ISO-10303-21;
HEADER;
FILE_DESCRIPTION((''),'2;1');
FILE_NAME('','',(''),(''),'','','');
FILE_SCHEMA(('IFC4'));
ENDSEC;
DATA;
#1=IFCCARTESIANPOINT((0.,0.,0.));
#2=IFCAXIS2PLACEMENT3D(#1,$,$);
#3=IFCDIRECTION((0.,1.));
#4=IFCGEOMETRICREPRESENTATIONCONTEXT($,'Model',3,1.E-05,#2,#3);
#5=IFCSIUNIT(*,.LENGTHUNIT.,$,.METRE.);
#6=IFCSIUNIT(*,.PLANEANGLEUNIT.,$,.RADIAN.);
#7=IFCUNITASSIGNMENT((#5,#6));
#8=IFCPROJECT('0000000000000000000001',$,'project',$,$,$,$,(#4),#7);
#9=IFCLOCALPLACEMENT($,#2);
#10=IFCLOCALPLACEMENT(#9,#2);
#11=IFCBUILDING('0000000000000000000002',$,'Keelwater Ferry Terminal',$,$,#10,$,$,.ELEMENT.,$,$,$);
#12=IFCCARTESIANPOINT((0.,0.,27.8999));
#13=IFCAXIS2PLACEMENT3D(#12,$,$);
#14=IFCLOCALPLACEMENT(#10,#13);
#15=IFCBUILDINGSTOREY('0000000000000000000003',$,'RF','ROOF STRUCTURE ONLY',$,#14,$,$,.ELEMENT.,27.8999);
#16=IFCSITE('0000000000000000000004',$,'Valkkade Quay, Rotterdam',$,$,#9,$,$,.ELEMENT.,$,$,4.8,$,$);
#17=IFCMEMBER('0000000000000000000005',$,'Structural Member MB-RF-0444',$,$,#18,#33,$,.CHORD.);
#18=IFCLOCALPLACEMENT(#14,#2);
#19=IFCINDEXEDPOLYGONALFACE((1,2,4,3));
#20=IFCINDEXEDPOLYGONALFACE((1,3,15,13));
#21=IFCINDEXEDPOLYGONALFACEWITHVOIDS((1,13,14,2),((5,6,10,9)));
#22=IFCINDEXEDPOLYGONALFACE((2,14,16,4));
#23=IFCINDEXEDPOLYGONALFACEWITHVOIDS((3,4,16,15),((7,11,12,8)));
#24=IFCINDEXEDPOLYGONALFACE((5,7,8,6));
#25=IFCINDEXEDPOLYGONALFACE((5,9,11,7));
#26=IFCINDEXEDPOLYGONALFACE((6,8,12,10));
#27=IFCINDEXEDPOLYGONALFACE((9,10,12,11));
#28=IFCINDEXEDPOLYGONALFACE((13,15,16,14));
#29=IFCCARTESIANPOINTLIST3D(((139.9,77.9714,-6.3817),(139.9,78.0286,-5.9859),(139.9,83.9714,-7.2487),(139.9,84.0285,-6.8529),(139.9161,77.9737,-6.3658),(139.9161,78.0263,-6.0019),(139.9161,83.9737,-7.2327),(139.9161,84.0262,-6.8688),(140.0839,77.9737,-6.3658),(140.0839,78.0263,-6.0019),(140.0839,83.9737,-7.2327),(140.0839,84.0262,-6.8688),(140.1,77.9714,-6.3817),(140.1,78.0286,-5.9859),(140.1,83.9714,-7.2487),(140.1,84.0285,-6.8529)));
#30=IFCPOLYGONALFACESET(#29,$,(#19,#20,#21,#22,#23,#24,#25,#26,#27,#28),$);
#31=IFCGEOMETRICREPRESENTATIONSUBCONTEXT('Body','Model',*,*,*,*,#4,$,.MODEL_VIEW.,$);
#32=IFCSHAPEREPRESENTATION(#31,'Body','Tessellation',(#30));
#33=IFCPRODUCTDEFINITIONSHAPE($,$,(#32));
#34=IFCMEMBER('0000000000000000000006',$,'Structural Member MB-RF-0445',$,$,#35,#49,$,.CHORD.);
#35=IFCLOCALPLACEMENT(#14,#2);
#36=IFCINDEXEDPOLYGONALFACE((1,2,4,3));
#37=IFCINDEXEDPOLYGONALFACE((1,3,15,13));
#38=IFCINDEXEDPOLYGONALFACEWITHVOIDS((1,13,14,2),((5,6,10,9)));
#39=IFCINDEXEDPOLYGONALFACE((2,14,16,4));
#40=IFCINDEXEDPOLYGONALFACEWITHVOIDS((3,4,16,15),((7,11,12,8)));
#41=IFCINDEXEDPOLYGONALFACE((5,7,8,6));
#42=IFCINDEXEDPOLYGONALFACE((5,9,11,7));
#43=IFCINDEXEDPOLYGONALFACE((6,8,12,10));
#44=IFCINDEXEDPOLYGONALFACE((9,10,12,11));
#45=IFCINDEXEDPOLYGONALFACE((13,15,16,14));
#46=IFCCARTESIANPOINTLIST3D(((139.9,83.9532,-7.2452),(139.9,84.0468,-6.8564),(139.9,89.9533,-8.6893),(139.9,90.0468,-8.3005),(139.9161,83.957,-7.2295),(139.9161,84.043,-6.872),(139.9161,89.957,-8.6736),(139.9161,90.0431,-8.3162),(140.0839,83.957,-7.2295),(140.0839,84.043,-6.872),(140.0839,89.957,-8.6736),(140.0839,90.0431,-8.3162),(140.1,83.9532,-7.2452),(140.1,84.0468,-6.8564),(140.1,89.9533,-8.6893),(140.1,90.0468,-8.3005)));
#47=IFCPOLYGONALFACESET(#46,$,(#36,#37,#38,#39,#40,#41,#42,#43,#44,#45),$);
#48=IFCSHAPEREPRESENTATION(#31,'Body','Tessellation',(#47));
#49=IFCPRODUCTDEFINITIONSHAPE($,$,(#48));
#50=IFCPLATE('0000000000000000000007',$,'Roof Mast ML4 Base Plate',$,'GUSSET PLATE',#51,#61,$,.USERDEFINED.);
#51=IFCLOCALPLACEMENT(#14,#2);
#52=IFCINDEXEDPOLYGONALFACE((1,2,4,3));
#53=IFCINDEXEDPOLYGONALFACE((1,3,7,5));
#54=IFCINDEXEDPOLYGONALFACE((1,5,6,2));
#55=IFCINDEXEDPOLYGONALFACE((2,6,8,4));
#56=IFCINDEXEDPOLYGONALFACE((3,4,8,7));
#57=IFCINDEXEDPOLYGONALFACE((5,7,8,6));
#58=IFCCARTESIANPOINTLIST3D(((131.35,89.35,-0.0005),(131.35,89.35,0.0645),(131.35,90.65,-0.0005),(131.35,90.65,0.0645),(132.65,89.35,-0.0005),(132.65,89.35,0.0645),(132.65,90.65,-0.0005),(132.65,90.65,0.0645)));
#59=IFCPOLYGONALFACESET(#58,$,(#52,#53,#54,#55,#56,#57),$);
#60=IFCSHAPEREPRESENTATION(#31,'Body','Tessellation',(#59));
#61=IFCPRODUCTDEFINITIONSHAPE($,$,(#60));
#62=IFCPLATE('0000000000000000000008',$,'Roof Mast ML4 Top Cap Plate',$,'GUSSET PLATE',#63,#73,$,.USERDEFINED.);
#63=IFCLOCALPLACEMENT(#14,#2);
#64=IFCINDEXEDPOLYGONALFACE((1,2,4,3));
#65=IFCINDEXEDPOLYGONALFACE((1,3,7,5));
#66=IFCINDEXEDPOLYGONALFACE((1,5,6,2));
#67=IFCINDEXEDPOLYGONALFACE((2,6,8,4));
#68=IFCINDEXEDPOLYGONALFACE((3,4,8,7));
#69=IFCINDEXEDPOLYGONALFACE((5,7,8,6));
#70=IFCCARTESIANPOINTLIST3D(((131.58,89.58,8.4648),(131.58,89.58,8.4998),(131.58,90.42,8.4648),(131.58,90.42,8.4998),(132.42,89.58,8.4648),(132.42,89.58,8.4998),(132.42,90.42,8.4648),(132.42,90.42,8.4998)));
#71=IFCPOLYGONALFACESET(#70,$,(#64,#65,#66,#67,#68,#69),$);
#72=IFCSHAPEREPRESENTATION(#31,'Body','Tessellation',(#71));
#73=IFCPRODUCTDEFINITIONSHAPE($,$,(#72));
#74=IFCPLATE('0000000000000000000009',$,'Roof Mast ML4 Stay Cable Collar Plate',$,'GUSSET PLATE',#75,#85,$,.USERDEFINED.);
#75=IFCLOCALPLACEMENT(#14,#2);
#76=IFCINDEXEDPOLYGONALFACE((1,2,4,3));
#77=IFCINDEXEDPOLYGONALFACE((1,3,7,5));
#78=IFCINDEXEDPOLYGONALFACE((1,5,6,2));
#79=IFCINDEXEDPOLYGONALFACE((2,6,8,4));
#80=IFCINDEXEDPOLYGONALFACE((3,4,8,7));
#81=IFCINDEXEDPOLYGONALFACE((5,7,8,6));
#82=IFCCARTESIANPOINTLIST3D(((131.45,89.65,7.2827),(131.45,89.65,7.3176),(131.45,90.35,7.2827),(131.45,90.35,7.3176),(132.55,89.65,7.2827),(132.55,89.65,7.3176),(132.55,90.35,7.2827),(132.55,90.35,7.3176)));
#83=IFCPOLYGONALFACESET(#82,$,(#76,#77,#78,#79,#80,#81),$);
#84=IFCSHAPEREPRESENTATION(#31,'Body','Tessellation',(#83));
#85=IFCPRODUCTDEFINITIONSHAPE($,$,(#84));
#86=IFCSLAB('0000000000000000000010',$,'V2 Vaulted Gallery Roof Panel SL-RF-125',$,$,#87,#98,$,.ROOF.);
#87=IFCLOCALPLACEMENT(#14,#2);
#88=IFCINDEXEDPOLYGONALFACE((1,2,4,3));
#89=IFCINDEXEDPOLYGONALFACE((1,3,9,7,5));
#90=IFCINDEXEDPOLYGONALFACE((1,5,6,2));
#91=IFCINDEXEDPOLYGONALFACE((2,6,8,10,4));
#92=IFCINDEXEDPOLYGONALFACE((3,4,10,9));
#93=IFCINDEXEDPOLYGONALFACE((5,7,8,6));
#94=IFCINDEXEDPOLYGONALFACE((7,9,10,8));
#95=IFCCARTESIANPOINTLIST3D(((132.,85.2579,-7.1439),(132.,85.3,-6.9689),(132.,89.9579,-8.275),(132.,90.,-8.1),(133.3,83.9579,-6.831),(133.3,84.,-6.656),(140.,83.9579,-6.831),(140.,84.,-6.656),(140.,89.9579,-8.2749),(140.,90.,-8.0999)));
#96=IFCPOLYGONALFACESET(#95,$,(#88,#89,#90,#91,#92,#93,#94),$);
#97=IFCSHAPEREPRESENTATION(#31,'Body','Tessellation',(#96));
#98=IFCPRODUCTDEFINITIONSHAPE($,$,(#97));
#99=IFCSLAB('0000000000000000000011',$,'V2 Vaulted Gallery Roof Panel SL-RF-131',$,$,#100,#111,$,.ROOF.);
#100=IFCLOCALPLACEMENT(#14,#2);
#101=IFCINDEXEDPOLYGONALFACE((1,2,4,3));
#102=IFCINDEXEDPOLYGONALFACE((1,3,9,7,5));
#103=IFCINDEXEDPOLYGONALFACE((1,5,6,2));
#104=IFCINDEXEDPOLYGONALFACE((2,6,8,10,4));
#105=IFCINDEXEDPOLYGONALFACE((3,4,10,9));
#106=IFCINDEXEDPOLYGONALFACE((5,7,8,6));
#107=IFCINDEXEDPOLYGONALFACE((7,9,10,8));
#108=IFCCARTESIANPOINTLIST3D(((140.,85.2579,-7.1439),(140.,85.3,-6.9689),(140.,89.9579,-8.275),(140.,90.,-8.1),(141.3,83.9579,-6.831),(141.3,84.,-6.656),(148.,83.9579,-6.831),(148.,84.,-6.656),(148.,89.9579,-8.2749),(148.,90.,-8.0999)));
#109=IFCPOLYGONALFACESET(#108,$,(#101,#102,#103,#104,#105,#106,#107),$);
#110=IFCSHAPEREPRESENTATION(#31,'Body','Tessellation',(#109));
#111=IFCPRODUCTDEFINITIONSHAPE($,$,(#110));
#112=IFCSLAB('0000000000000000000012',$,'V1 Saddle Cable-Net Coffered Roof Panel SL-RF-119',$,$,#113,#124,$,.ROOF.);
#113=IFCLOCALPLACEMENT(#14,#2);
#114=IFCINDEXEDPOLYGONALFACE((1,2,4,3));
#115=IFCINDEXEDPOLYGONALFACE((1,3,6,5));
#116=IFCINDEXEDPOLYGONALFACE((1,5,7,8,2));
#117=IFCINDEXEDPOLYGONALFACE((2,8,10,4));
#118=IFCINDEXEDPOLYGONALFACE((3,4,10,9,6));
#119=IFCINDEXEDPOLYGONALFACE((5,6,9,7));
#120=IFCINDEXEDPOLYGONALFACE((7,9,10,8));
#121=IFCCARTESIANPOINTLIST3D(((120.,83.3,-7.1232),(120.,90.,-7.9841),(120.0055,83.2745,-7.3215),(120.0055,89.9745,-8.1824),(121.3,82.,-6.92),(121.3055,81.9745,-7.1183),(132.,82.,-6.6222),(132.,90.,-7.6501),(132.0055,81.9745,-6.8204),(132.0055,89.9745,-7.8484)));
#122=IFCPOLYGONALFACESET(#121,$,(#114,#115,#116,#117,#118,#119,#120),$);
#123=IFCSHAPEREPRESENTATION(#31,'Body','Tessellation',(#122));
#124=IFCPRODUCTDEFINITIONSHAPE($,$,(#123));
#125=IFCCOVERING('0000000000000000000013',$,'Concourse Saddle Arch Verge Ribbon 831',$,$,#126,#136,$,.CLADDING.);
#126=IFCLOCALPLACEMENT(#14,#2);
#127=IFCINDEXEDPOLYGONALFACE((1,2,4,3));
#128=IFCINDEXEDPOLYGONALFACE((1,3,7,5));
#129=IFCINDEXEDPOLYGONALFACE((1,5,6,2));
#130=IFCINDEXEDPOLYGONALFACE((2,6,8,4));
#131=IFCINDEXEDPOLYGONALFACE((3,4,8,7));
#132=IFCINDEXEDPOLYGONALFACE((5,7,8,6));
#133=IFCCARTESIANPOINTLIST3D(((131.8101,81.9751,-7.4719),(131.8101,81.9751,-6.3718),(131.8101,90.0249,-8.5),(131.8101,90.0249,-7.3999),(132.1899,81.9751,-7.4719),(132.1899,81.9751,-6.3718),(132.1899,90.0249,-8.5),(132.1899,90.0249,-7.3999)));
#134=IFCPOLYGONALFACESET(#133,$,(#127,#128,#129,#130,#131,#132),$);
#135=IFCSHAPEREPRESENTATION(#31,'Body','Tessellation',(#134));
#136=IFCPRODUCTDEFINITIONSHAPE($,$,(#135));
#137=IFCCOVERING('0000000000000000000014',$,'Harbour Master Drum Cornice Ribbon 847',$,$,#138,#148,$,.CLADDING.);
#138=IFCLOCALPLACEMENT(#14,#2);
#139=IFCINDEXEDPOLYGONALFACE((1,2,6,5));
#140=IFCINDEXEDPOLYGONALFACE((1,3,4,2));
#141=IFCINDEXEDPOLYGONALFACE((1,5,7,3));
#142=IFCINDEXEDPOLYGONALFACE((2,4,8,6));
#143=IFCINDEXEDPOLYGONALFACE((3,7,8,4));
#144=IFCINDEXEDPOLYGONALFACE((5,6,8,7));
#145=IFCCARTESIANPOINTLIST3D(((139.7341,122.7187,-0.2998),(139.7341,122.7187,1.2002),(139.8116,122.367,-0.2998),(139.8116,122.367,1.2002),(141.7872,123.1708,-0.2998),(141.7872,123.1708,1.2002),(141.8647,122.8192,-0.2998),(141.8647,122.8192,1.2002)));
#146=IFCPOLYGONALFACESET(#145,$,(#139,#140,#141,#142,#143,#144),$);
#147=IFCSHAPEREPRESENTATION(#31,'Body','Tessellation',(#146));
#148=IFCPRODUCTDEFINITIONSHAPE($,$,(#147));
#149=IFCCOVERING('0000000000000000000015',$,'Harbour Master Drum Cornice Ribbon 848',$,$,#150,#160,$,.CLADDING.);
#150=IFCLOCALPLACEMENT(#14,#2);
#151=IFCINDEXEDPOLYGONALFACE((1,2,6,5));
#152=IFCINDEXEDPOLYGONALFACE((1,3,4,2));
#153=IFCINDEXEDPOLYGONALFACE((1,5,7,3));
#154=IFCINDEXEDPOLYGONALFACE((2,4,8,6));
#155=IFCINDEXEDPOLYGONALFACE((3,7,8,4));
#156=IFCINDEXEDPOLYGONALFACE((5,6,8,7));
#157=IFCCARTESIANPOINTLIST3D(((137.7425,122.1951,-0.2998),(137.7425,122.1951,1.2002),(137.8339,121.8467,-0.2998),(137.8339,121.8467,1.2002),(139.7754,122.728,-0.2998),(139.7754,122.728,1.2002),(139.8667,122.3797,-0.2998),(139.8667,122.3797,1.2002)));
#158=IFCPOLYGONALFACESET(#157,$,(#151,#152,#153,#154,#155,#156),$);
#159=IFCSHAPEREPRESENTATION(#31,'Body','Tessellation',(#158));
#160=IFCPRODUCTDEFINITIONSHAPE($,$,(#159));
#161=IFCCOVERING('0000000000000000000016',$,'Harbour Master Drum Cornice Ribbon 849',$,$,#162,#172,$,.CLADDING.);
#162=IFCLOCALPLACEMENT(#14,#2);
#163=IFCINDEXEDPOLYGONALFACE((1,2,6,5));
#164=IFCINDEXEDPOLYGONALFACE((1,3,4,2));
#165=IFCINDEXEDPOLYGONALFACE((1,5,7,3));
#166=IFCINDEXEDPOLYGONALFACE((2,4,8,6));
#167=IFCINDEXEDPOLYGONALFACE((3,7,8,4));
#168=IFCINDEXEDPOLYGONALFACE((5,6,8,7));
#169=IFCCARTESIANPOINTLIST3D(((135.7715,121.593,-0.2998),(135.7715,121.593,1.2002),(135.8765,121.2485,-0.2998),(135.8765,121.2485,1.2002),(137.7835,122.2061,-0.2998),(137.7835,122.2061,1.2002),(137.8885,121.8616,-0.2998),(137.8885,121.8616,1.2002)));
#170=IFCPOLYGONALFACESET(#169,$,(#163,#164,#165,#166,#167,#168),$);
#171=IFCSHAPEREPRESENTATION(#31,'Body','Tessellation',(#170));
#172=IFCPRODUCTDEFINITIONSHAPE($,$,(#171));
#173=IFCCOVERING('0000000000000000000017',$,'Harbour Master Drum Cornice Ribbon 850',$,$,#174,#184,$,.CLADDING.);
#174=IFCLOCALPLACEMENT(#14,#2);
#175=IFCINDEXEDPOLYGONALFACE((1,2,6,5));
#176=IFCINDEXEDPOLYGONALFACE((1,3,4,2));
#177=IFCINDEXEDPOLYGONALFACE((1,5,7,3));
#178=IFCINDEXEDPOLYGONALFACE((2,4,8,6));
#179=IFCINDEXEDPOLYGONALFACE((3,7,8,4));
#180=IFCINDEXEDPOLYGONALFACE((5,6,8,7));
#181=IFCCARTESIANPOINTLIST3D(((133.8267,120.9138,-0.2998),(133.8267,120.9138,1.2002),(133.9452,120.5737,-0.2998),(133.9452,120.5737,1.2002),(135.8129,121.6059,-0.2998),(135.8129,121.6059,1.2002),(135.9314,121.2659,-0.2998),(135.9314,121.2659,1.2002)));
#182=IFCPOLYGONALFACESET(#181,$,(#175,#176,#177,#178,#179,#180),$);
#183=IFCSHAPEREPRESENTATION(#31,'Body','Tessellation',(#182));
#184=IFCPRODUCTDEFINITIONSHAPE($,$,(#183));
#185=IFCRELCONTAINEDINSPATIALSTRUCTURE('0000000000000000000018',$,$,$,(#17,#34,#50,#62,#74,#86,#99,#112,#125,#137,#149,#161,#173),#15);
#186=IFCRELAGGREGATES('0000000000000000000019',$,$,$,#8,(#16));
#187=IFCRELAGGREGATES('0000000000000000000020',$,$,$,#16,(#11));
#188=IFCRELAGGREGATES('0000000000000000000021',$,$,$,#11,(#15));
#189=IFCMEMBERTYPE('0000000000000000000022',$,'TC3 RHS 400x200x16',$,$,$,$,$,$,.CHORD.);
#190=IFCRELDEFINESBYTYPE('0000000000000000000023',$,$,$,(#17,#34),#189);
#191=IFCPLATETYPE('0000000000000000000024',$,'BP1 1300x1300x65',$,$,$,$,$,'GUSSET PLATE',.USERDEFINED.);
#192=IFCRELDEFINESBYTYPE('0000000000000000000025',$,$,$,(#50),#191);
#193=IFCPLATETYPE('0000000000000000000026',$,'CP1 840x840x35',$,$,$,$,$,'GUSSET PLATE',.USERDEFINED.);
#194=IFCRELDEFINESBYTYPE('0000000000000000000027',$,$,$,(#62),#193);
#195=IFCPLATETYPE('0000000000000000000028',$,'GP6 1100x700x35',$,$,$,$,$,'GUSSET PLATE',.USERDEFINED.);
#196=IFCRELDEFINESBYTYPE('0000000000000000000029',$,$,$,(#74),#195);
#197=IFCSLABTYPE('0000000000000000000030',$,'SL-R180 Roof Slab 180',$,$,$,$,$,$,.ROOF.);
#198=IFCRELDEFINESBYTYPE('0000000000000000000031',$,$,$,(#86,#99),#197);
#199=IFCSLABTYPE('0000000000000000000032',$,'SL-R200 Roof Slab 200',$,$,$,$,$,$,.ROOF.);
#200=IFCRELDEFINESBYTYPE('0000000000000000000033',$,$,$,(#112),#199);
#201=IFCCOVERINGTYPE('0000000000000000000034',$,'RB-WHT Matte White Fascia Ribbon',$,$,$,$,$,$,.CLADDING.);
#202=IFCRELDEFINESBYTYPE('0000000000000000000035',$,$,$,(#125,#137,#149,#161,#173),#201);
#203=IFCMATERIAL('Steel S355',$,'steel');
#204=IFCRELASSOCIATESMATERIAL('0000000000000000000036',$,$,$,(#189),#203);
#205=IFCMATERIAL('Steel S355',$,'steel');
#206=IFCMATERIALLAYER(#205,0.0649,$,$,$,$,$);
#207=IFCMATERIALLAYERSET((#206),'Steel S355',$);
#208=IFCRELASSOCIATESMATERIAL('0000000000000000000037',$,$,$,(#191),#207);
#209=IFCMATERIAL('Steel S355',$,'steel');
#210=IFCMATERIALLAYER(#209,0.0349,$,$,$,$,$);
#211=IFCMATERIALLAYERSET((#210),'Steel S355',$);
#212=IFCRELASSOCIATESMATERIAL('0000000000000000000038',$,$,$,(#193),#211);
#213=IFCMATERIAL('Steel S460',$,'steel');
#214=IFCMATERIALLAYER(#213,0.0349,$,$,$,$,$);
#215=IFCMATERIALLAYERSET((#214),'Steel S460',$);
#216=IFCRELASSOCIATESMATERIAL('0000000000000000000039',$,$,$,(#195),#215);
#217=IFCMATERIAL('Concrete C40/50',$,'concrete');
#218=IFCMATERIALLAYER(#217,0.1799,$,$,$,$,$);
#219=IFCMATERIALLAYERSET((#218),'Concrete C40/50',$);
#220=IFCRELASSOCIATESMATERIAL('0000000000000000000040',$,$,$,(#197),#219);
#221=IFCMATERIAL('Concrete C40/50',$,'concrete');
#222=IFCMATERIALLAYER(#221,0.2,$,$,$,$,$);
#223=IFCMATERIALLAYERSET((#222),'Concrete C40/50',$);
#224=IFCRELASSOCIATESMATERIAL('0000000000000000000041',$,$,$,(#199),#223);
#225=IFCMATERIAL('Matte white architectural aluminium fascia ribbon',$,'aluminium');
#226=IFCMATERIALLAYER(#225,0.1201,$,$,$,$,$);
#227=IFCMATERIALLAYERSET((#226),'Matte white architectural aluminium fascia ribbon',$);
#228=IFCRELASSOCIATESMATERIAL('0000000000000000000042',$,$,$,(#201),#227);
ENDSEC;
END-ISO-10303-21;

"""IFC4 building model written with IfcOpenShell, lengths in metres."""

from ifc_helpers import new_model, si_unit, direction, frame, origin, origin_with_axes, origin_2d, place, context, subcontext, project, spatial, polyline, rectangle, hollow_rectangle, outline, extrude, material, layer, layer_set, material_profile, profile_set, type_object, element, save


model = new_model("IFC4")

# Units and contexts
model_context = context("Model", 3, precision=1e-05, world=origin(), true_north=direction((0.0, 1.0)))
body_context = subcontext(model_context, "Body", "Model", "MODEL_VIEW")
ifc_project = project(units=[si_unit("LENGTHUNIT", "METRE"), si_unit("PLANEANGLEUNIT", "RADIAN")], contexts=[model_context])

# Site, building, storey
site_placement = place(None, origin())
site = spatial("IfcSite", under=ifc_project, at=site_placement, Name="Valkkade Quay, Rotterdam", CompositionType="ELEMENT", RefElevation=4.8)
building_placement = place(site_placement, origin())
building = spatial("IfcBuilding", under=site, at=building_placement, Name="Keelwater Ferry Terminal", CompositionType="ELEMENT")
storey_placement = place(building_placement, frame((0.0, 0.0, 27.8999)))
storey = spatial("IfcBuildingStorey", under=building, at=storey_placement, Name="RF", Description="ROOF STRUCTURE ONLY", CompositionType="ELEMENT", Elevation=27.8999)

# Members
ifc_material_1 = material(Name="Steel S355", Category="steel")
ifc_material_profile_1 = material_profile(ifc_material_1, hollow_rectangle(XDim=0.2, YDim=0.3999, WallThickness=0.0161, at=origin_2d()), Name="RHS 400x200x16")
ifc_profile_set_1 = profile_set([ifc_material_profile_1], Name="Steel S355")
member_type_1 = type_object("IfcMemberType", Name="TC3 RHS 400x200x16", PredefinedType="CHORD", material=ifc_profile_set_1)
member_1_placement = place(storey_placement, frame((140.0, 78.0, -6.1838), z_axis=(0.0, 0.989722, -0.143005), x_axis=(-1.0, 0.0, 0.0)))
element("IfcMember", 1, at=member_1_placement, inside=storey, type_object=member_type_1, Name="Structural Member MB-RF-0444", PredefinedType="CHORD", context=body_context, shape_type="SweptSolid", body=[
    extrude(hollow_rectangle(XDim=0.2, YDim=0.3999, WallThickness=0.0161, at=origin_2d()), origin(), (0.0, 0.0, 1.0), 6.0623),
])
member_2_placement = place(storey_placement, frame((140.0, 84.0, -7.0508), z_axis=(0.0, 0.972237, -0.234), x_axis=(-1.0, 0.0, 0.0)))
element("IfcMember", 2, at=member_2_placement, inside=storey, type_object=member_type_1, Name="Structural Member MB-RF-0445", PredefinedType="CHORD", context=body_context, shape_type="SweptSolid", body=[
    extrude(hollow_rectangle(XDim=0.2, YDim=0.3999, WallThickness=0.0161, at=origin_2d()), origin(), (0.0, 0.0, 1.0), 6.1714),
])

# Plates
ifc_material_2 = material(Name="Steel S355", Category="steel")
ifc_layer_1 = layer(ifc_material_2, 0.0649)
ifc_layer_set_1 = layer_set([ifc_layer_1], Name="Steel S355")
plate_type_1 = type_object("IfcPlateType", Name="BP1 1300x1300x65", ElementType="GUSSET PLATE", PredefinedType="USERDEFINED", material=ifc_layer_set_1)
plate_1_placement = place(storey_placement, frame((132.0, 90.0, -0.0005), z_axis=(0.0, 0.0, 1.0), x_axis=(1.0, 0.0, 0.0)))
element("IfcPlate", 3, at=plate_1_placement, inside=storey, type_object=plate_type_1, Name="Roof Mast ML4 Base Plate", ObjectType="GUSSET PLATE", PredefinedType="USERDEFINED", context=body_context, shape_type="SweptSolid", body=[
    extrude(rectangle(XDim=1.3, YDim=1.3, at=origin_2d()), origin(), (0.0, 0.0, 1.0), 0.0649),
])
ifc_material_3 = material(Name="Steel S355", Category="steel")
ifc_layer_2 = layer(ifc_material_3, 0.0349)
ifc_layer_set_2 = layer_set([ifc_layer_2], Name="Steel S355")
plate_type_2 = type_object("IfcPlateType", Name="CP1 840x840x35", ElementType="GUSSET PLATE", PredefinedType="USERDEFINED", material=ifc_layer_set_2)
plate_2_placement = place(storey_placement, frame((132.0, 90.0, 8.4648), z_axis=(0.0, 0.0, 1.0), x_axis=(1.0, 0.0, 0.0)))
element("IfcPlate", 4, at=plate_2_placement, inside=storey, type_object=plate_type_2, Name="Roof Mast ML4 Top Cap Plate", ObjectType="GUSSET PLATE", PredefinedType="USERDEFINED", context=body_context, shape_type="SweptSolid", body=[
    extrude(rectangle(XDim=0.8401, YDim=0.8401, at=origin_2d()), origin(), (0.0, 0.0, 1.0), 0.0349),
])
ifc_material_4 = material(Name="Steel S460", Category="steel")
ifc_layer_3 = layer(ifc_material_4, 0.0349)
ifc_layer_set_3 = layer_set([ifc_layer_3], Name="Steel S460")
plate_type_3 = type_object("IfcPlateType", Name="GP6 1100x700x35", ElementType="GUSSET PLATE", PredefinedType="USERDEFINED", material=ifc_layer_set_3)
plate_3_placement = place(storey_placement, frame((132.0, 90.0, 7.2827), z_axis=(0.0, 0.0, 1.0), x_axis=(1.0, 0.0, 0.0)))
element("IfcPlate", 5, at=plate_3_placement, inside=storey, type_object=plate_type_3, Name="Roof Mast ML4 Stay Cable Collar Plate", ObjectType="GUSSET PLATE", PredefinedType="USERDEFINED", context=body_context, shape_type="SweptSolid", body=[
    extrude(rectangle(XDim=1.1001, YDim=0.7, at=origin_2d()), origin(), (0.0, 0.0, 1.0), 0.0349),
])

# Slabs
ifc_material_5 = material(Name="Concrete C40/50", Category="concrete")
ifc_layer_4 = layer(ifc_material_5, 0.1799)
ifc_layer_set_4 = layer_set([ifc_layer_4], Name="Concrete C40/50")
slab_type_1 = type_object("IfcSlabType", Name="SL-R180 Roof Slab 180", PredefinedType="ROOF", material=ifc_layer_set_4)
for number, where, z_axis, x_axis, name in (
    (6, (133.3, 83.9579, -6.831), (-0.000006, 0.233982, 0.972241), (1.0, 0.000001, 0.000006), "V2 Vaulted Gallery Roof Panel SL-RF-125"),
    (7, (141.3, 83.9579, -6.831), (-0.000006, 0.233982, 0.972241), (1.0, 0.000001, 0.000006), "V2 Vaulted Gallery Roof Panel SL-RF-131"),
):
    element("IfcSlab", number, at=place(storey_placement, frame(where, z_axis=z_axis, x_axis=x_axis)), inside=storey, type_object=slab_type_1, Name=name, PredefinedType="ROOF", context=body_context, shape_type="SweptSolid", body=[
        extrude(outline(polyline([(0.0, 0.0), (6.7, 0.0), (6.7, 6.1713), (-1.3, 6.1713), (-1.3, 1.3371), (0.0, 0.0)])), origin_with_axes(), (0.0, 0.0, 1.0), 0.18),
    ])
ifc_material_6 = material(Name="Concrete C40/50", Category="concrete")
ifc_layer_5 = layer(ifc_material_6, 0.2)
ifc_layer_set_5 = layer_set([ifc_layer_5], Name="Concrete C40/50")
slab_type_2 = type_object("IfcSlabType", Name="SL-R200 Roof Slab 200", PredefinedType="ROOF", material=ifc_layer_set_5)
slab_placement = place(storey_placement, frame((121.3055, 81.9745, -7.1183), z_axis=(-0.027598, 0.127396, 0.991468), x_axis=(0.999619, 0.003517, 0.027373)))
element("IfcSlab", 8, at=slab_placement, inside=storey, type_object=slab_type_2, Name="V1 Saddle Cable-Net Coffered Roof Panel SL-RF-119", PredefinedType="ROOF", context=body_context, shape_type="SweptSolid", body=[
    extrude(outline(polyline([(0.0, 0.0), (10.7041, -0.038), (10.7041, 8.0278), (-1.3005, 8.0704), (-1.3005, 1.3153), (0.0, 0.0)])), origin_with_axes(), (0.0, 0.0, 1.0), 0.2),
])

# Coverings
ifc_material_7 = material(Name="Matte white architectural aluminium fascia ribbon", Category="aluminium")
ifc_layer_6 = layer(ifc_material_7, 0.1201)
ifc_layer_set_6 = layer_set([ifc_layer_6], Name="Matte white architectural aluminium fascia ribbon")
covering_type = type_object("IfcCoveringType", Name="RB-WHT Matte White Fascia Ribbon", PredefinedType="CLADDING", material=ifc_layer_set_6)
covering_1_placement = place(storey_placement, frame((132.0, 81.9751, -8.5), z_axis=(0.0, 0.0, 1.0), x_axis=(0.0, 1.0, 0.0)))
element("IfcCovering", 9, at=covering_1_placement, inside=storey, type_object=covering_type, Name="Concourse Saddle Arch Verge Ribbon 831", PredefinedType="CLADDING", context=body_context, shape_type="SweptSolid", body=[
    extrude(outline(polyline([(0.0, 1.0281), (8.0498, 0.0), (8.0498, 1.1001), (0.0, 2.1282), (0.0, 1.0281)])), frame((0.0, 0.1899, 0.0), z_axis=(0.0, -1.0, 0.0), x_axis=(1.0, 0.0, 0.0)), (0.0, 0.0, 1.0), 0.3799),
])
covering_2_placement = place(storey_placement, frame((141.8259, 122.9951, -0.2998), z_axis=(0.0, 0.0, 1.0), x_axis=(-0.976595, -0.215086, 0.0)))
element("IfcCovering", 10, at=covering_2_placement, inside=storey, type_object=covering_type, Name="Harbour Master Drum Cornice Ribbon 847", PredefinedType="CLADDING", context=body_context, shape_type="SweptSolid", body=[
    extrude(outline(polyline([(0.0, 0.0), (2.1023, 0.0), (2.1023, 1.5), (0.0, 1.5), (0.0, 0.0)])), frame((0.0, 0.1802, 0.0), z_axis=(0.0, -1.0, 0.0), x_axis=(1.0, 0.0, 0.0)), (0.0, 0.0, 1.0), 0.3601),
])
covering_3_placement = place(storey_placement, frame((139.821, 122.554, -0.2998), z_axis=(0.0, 0.0, 1.0), x_axis=(-0.967312, -0.25359, 0.0)))
element("IfcCovering", 11, at=covering_3_placement, inside=storey, type_object=covering_type, Name="Harbour Master Drum Cornice Ribbon 848", PredefinedType="CLADDING", context=body_context, shape_type="SweptSolid", body=[
    extrude(outline(polyline([(0.0, 0.0), (2.1016, 0.0), (2.1016, 1.5), (0.0, 1.5), (0.0, 0.0)])), frame((0.0, 0.1802, 0.0), z_axis=(0.0, -1.0, 0.0), x_axis=(1.0, 0.0, 0.0)), (0.0, 0.0, 1.0), 0.3601),
])
for number, where, z_axis, x_axis, name in (
    (12, (137.8359, 122.0339, -0.2998), (0.0, 0.0, 1.0), (-0.956581, -0.291466, 0.0), "Harbour Master Drum Cornice Ribbon 849"),
    (13, (135.8721, 121.436, -0.2998), (0.0, 0.0, 1.0), (-0.944301, -0.329083, 0.0), "Harbour Master Drum Cornice Ribbon 850"),
):
    element("IfcCovering", number, at=place(storey_placement, frame(where, z_axis=z_axis, x_axis=x_axis)), inside=storey, type_object=covering_type, Name=name, PredefinedType="CLADDING", context=body_context, shape_type="SweptSolid", body=[
        extrude(outline(polyline([(0.0, 0.0), (2.1033, 0.0), (2.1033, 1.5), (0.0, 1.5), (0.0, 0.0)])), frame((0.0, 0.1802, 0.0), z_axis=(0.0, -1.0, 0.0), x_axis=(1.0, 0.0, 0.0)), (0.0, 0.0, 1.0), 0.3601),
    ])

save(model, "model.ifc")
